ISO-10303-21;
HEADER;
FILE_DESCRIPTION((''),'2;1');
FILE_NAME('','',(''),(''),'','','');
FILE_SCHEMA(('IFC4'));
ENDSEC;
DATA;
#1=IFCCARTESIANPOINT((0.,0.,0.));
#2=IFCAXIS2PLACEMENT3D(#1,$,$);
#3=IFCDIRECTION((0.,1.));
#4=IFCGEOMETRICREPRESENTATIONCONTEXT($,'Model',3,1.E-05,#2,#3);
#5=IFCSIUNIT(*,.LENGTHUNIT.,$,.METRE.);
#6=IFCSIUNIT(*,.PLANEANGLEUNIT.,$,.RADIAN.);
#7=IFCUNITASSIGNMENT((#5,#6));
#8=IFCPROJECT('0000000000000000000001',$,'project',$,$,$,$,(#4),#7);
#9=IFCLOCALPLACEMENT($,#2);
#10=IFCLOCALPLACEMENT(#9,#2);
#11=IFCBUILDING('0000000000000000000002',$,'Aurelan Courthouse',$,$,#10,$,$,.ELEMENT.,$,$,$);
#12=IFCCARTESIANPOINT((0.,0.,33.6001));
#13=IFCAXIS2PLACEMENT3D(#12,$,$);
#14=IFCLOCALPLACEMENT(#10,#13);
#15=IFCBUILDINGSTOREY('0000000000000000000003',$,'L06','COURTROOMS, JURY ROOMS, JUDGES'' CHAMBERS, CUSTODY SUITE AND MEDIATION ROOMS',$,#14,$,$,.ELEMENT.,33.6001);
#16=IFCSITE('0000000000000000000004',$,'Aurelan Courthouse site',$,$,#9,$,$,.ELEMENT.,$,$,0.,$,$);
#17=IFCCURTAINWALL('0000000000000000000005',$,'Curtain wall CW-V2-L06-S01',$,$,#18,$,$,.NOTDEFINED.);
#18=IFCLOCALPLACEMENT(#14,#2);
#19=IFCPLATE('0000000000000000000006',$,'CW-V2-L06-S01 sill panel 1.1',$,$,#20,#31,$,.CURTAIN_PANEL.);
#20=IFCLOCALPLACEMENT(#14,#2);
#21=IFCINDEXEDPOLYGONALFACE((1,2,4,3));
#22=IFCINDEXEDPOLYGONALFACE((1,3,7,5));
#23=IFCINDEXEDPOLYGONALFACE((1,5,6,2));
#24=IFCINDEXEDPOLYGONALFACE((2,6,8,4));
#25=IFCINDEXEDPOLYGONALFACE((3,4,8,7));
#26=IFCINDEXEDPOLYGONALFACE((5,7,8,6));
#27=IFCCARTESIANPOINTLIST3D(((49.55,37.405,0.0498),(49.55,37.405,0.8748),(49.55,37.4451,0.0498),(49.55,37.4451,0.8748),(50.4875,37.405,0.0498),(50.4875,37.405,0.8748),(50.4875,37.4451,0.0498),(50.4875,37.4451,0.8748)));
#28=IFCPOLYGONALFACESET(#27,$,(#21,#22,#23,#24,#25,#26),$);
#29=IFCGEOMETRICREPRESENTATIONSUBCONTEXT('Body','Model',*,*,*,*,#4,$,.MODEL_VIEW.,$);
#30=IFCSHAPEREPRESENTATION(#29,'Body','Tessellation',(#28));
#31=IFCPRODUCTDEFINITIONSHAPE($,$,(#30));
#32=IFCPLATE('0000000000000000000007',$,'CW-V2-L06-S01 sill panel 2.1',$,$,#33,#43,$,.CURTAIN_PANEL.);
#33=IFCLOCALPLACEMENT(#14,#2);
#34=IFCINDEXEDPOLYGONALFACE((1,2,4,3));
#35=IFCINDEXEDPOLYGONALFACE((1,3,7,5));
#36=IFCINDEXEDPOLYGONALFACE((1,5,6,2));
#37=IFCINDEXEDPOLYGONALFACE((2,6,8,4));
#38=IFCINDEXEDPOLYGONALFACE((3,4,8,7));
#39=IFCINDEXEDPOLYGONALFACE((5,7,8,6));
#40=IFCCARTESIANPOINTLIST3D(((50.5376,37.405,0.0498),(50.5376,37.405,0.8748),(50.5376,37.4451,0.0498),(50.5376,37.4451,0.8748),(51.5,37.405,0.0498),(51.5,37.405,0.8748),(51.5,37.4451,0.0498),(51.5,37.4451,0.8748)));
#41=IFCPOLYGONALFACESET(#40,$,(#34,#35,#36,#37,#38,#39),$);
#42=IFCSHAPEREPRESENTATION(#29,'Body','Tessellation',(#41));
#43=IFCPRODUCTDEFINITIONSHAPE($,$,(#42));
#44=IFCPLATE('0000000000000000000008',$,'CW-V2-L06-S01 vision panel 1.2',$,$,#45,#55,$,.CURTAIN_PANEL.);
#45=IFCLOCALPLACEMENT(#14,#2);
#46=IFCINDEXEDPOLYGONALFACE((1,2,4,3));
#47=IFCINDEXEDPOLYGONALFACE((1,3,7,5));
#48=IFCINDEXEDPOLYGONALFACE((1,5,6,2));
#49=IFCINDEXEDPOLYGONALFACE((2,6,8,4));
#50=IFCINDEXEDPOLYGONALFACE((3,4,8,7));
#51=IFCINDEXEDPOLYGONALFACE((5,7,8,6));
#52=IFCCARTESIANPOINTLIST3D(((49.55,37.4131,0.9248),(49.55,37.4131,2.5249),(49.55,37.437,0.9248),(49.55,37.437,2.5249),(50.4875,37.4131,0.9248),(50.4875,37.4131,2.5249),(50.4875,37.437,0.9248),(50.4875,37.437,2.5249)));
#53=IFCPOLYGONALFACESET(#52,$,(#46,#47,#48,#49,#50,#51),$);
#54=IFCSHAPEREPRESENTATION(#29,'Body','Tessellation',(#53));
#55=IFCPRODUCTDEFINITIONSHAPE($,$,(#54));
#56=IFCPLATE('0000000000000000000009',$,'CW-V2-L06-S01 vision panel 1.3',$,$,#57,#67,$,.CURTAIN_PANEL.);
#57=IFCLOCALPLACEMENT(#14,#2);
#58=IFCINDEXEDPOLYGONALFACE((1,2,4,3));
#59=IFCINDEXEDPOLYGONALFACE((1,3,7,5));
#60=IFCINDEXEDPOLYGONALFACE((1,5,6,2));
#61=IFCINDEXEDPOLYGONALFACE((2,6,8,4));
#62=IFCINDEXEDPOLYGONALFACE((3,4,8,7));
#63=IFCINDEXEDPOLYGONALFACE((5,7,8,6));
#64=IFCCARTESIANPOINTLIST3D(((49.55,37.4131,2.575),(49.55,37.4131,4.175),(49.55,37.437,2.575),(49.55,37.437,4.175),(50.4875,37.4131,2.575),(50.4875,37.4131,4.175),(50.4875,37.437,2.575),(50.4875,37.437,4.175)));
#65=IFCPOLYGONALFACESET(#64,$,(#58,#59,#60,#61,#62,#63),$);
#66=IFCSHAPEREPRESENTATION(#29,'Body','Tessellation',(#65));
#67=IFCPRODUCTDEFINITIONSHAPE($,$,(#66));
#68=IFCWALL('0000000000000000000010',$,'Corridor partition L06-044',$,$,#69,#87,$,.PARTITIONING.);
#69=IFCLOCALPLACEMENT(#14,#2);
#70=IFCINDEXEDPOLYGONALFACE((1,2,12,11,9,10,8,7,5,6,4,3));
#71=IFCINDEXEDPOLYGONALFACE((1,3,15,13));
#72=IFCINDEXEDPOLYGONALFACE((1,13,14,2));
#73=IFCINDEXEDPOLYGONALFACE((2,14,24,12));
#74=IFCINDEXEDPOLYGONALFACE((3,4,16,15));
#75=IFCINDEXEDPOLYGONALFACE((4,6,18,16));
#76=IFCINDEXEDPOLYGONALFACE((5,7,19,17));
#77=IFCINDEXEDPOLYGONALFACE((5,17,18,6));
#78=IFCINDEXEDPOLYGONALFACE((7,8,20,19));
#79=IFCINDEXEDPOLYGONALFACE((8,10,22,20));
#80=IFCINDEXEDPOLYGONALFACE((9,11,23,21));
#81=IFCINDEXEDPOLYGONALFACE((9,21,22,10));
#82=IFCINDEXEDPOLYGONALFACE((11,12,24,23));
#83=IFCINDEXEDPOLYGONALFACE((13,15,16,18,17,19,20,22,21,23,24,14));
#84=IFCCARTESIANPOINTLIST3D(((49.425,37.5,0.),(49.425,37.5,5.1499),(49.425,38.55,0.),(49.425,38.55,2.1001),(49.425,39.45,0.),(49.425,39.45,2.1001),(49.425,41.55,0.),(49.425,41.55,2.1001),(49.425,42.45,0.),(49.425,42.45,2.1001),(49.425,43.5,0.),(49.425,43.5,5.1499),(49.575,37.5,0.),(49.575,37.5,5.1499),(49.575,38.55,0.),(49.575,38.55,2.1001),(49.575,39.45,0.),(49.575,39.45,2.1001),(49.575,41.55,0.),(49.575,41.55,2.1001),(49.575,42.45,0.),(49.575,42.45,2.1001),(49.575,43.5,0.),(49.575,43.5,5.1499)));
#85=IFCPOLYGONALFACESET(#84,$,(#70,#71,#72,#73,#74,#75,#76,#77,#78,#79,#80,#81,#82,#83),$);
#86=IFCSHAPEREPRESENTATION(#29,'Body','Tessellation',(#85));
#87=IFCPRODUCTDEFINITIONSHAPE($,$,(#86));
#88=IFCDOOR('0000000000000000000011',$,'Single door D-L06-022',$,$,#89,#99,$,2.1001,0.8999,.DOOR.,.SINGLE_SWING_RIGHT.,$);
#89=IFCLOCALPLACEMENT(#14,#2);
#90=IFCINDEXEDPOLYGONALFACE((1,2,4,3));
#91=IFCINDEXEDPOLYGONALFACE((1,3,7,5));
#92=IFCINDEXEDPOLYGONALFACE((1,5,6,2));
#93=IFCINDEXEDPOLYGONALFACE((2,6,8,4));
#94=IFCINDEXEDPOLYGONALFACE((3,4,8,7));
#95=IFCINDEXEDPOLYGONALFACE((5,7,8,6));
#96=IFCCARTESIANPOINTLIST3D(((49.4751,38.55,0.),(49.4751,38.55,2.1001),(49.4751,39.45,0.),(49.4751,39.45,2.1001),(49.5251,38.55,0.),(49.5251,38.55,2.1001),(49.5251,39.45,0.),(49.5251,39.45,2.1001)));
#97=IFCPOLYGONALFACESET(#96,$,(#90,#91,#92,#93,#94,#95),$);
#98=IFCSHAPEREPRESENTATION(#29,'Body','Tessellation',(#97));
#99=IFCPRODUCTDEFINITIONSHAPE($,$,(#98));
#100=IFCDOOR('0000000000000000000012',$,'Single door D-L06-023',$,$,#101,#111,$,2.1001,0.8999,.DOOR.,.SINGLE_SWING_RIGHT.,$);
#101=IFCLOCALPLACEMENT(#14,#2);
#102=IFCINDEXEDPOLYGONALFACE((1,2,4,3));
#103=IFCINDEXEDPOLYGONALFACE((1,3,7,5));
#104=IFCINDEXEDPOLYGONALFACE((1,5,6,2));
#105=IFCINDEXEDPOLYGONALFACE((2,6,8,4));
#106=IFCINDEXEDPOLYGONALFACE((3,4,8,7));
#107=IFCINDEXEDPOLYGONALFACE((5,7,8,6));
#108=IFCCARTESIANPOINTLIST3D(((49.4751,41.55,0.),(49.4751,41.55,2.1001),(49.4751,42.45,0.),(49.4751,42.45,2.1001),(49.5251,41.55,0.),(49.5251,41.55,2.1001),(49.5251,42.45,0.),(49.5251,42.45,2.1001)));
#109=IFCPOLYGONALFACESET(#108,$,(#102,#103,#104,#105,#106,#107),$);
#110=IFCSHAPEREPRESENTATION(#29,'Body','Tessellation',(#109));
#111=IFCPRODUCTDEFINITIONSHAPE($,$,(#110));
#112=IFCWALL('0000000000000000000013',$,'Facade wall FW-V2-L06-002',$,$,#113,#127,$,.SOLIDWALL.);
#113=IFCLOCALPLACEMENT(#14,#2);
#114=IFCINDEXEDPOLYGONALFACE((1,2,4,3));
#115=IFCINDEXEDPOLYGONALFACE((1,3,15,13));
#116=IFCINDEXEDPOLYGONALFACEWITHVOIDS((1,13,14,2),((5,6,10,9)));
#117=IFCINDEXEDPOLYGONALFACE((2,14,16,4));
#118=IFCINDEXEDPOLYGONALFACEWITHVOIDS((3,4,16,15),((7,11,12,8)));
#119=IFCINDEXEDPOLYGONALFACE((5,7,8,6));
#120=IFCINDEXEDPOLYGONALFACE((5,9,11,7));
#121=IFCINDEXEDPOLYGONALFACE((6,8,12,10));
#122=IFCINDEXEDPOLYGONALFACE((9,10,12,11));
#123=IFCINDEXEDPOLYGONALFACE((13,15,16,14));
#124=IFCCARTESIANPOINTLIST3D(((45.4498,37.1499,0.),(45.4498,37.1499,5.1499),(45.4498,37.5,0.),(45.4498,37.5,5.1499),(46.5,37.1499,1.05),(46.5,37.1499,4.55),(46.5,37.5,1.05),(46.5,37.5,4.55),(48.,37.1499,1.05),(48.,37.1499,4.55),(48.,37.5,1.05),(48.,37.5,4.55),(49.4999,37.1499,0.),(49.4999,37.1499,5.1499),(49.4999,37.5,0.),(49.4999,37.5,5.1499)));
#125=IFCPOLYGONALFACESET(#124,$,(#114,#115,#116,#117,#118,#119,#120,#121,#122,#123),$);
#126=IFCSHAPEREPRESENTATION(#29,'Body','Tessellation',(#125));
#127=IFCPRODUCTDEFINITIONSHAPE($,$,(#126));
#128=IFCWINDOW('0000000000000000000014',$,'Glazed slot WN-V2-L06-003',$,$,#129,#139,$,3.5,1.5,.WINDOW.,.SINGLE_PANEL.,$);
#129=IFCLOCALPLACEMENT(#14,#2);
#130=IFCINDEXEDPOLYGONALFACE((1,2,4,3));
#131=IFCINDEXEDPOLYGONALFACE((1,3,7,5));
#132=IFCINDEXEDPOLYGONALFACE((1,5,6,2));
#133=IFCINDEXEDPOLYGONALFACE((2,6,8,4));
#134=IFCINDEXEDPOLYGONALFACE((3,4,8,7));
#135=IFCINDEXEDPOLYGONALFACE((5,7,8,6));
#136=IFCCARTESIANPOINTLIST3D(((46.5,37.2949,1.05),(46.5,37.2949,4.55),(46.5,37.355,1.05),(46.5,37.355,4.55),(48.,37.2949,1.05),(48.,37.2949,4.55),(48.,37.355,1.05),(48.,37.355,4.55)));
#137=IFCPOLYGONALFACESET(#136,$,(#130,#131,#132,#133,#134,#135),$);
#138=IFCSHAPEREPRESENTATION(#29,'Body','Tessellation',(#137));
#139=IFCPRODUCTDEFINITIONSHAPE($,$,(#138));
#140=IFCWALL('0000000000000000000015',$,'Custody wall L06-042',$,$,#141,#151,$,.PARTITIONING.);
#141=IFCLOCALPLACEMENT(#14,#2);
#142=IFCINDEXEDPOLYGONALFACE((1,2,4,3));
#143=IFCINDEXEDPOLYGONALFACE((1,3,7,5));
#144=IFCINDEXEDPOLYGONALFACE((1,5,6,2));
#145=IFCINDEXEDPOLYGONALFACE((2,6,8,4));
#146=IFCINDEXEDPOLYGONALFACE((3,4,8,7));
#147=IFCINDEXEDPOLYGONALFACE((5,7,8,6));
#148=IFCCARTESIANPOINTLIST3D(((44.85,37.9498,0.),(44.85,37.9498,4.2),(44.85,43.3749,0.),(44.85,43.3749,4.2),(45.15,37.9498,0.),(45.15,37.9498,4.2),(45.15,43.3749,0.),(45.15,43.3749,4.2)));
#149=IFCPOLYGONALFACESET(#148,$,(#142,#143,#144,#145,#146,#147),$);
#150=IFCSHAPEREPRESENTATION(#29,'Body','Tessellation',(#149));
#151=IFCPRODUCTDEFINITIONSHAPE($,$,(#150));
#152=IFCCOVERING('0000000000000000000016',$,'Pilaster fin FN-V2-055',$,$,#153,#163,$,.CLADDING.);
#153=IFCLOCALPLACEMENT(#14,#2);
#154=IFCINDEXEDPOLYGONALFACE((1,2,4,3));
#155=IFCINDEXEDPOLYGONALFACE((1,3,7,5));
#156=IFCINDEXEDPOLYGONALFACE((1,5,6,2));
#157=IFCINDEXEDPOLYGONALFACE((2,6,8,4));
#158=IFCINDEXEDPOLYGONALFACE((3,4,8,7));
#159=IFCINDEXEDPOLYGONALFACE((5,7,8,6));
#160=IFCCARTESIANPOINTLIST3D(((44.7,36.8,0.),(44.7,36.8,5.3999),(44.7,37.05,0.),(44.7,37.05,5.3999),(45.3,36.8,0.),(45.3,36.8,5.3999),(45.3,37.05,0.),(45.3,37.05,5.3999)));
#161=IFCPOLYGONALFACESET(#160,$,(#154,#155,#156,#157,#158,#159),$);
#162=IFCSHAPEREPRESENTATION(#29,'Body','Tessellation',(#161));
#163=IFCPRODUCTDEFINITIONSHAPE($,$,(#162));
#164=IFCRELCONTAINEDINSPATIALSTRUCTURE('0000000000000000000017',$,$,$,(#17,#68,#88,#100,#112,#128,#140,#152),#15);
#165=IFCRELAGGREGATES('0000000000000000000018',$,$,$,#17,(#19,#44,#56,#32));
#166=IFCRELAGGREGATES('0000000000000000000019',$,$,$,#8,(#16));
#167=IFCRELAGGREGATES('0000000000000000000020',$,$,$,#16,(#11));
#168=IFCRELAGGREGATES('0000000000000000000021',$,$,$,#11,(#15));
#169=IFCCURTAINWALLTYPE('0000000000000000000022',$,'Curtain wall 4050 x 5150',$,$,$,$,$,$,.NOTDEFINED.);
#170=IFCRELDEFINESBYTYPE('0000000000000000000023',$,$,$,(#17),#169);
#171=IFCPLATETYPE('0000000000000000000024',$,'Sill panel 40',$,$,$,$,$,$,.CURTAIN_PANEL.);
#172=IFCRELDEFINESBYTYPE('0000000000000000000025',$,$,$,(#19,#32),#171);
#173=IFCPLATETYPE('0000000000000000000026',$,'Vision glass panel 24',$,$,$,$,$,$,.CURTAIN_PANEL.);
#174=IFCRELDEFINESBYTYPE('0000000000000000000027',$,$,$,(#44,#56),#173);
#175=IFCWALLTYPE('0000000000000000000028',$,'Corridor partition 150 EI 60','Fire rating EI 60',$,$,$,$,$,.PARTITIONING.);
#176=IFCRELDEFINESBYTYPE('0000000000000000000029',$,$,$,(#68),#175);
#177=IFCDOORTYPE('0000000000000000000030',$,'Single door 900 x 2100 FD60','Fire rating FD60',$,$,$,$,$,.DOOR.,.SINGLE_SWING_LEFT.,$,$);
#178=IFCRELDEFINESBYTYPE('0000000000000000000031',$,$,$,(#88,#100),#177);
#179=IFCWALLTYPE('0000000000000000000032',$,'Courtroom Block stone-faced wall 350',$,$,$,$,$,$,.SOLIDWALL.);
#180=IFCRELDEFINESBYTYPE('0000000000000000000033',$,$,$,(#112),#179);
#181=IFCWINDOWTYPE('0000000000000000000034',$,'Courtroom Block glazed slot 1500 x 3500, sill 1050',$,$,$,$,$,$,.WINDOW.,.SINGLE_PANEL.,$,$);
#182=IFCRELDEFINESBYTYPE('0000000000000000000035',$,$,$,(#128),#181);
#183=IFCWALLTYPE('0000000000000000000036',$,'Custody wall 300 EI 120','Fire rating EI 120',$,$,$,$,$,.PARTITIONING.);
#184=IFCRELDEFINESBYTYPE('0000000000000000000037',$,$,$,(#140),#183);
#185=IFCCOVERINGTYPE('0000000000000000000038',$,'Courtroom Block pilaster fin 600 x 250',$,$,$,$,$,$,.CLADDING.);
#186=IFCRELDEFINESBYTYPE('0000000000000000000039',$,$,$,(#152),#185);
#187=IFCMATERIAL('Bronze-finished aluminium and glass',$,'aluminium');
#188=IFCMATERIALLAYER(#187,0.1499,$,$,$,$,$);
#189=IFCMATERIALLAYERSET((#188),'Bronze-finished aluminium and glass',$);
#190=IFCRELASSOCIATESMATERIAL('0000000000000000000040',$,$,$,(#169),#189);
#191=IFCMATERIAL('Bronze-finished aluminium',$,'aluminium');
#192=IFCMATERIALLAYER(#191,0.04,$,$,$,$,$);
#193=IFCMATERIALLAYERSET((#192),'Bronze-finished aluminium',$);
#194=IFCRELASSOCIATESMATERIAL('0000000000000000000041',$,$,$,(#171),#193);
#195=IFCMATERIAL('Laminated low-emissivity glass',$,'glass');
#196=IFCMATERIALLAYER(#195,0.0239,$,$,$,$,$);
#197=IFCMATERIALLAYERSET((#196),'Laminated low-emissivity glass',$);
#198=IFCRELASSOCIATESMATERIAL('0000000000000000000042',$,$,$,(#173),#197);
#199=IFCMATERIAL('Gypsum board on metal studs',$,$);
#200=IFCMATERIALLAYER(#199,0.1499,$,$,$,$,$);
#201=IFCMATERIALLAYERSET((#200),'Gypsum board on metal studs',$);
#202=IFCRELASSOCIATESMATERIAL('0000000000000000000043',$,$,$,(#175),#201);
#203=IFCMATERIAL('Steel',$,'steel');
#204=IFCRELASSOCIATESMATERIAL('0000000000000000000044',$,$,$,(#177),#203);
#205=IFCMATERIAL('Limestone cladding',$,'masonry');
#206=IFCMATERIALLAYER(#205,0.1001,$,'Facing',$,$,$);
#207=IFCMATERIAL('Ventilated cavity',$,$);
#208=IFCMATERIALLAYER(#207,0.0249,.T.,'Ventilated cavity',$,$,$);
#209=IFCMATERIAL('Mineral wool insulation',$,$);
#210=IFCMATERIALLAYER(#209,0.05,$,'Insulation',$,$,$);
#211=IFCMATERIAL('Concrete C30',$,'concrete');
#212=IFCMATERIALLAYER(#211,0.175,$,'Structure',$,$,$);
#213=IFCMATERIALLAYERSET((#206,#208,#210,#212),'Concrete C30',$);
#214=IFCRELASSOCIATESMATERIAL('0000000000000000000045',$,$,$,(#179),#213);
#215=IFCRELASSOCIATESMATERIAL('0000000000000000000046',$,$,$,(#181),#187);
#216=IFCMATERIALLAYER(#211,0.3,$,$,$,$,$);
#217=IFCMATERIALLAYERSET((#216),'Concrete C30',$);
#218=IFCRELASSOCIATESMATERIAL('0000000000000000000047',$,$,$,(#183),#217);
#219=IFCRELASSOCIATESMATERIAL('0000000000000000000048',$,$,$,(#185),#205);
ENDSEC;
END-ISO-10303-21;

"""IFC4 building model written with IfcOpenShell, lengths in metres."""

from ifc_helpers import new_model, si_unit, direction, frame, frame_2d, origin, origin_2d, place, context, subcontext, project, spatial, rectangle, extrude, material, layer, layer_set, type_object, element, fill, aggregate, save


model = new_model("IFC4")

# Units and contexts
model_context = context("Model", 3, precision=1e-05, world=origin(), true_north=direction((0.0, 1.0)))
body_context = subcontext(model_context, "Body", "Model", "MODEL_VIEW")
ifc_project = project(units=[si_unit("LENGTHUNIT", "METRE"), si_unit("PLANEANGLEUNIT", "RADIAN")], contexts=[model_context])

# Site, building, storey
site_placement = place(None, origin())
site = spatial("IfcSite", under=ifc_project, at=site_placement, Name="Aurelan Courthouse site", CompositionType="ELEMENT", RefElevation=0.0)
building_placement = place(site_placement, origin())
building = spatial("IfcBuilding", under=site, at=building_placement, Name="Aurelan Courthouse", CompositionType="ELEMENT")
storey_placement = place(building_placement, frame((0.0, 0.0, 33.6001)))
storey = spatial("IfcBuildingStorey", under=building, at=storey_placement, Name="L06", Description="COURTROOMS, JURY ROOMS, JUDGES' CHAMBERS, CUSTODY SUITE AND MEDIATION ROOMS", CompositionType="ELEMENT", Elevation=33.6001)

# Curtain wall, plates
ifc_material_1 = material(Name="Bronze-finished aluminium and glass", Category="aluminium")
ifc_layer_1 = layer(ifc_material_1, 0.1499)
ifc_layer_set_1 = layer_set([ifc_layer_1], Name="Bronze-finished aluminium and glass")
curtain_wall_type = type_object("IfcCurtainWallType", Name="Curtain wall 4050 x 5150", PredefinedType="NOTDEFINED", material=ifc_layer_set_1)
curtain_wall_placement = place(storey_placement, origin())
curtain_wall = element("IfcCurtainWall", 1, at=curtain_wall_placement, inside=storey, type_object=curtain_wall_type, Name="Curtain wall CW-V2-L06-S01", PredefinedType="NOTDEFINED")
ifc_material_2 = material(Name="Bronze-finished aluminium", Category="aluminium")
ifc_layer_2 = layer(ifc_material_2, 0.04)
ifc_layer_set_2 = layer_set([ifc_layer_2], Name="Bronze-finished aluminium")
plate_type_1 = type_object("IfcPlateType", Name="Sill panel 40", PredefinedType="CURTAIN_PANEL", material=ifc_layer_set_2)
plate_1_placement = place(storey_placement, frame((50.0188, 37.425, 0.0498), z_axis=(0.0, 0.0, 1.0), x_axis=(1.0, 0.0, 0.0)))
plate_1 = element("IfcPlate", 2, at=plate_1_placement, type_object=plate_type_1, Name="CW-V2-L06-S01 sill panel 1.1", PredefinedType="CURTAIN_PANEL", context=body_context, shape_type="SweptSolid", body=[
    extrude(rectangle(XDim=0.9375, YDim=0.04, at=origin_2d()), origin(), (0.0, 0.0, 1.0), 0.825),
])
plate_2_placement = place(storey_placement, frame((51.0188, 37.425, 0.0498), z_axis=(0.0, 0.0, 1.0), x_axis=(1.0, 0.0, 0.0)))
plate_2 = element("IfcPlate", 3, at=plate_2_placement, type_object=plate_type_1, Name="CW-V2-L06-S01 sill panel 2.1", PredefinedType="CURTAIN_PANEL", context=body_context, shape_type="SweptSolid", body=[
    extrude(rectangle(XDim=0.9624, YDim=0.04, at=origin_2d()), origin(), (0.0, 0.0, 1.0), 0.825),
])
ifc_material_3 = material(Name="Laminated low-emissivity glass", Category="glass")
ifc_layer_3 = layer(ifc_material_3, 0.0239)
ifc_layer_set_3 = layer_set([ifc_layer_3], Name="Laminated low-emissivity glass")
plate_type_2 = type_object("IfcPlateType", Name="Vision glass panel 24", PredefinedType="CURTAIN_PANEL", material=ifc_layer_set_3)
plate_3_placement = place(storey_placement, frame((50.0188, 37.425, 0.9248), z_axis=(0.0, 0.0, 1.0), x_axis=(1.0, 0.0, 0.0)))
plate_3 = element("IfcPlate", 4, at=plate_3_placement, type_object=plate_type_2, Name="CW-V2-L06-S01 vision panel 1.2", PredefinedType="CURTAIN_PANEL", context=body_context, shape_type="SweptSolid", body=[
    extrude(rectangle(XDim=0.9375, YDim=0.0239, at=origin_2d()), origin(), (0.0, 0.0, 1.0), 1.6001),
])
plate_4_placement = place(storey_placement, frame((50.0188, 37.425, 2.575), z_axis=(0.0, 0.0, 1.0), x_axis=(1.0, 0.0, 0.0)))
plate_4 = element("IfcPlate", 5, at=plate_4_placement, type_object=plate_type_2, Name="CW-V2-L06-S01 vision panel 1.3", PredefinedType="CURTAIN_PANEL", context=body_context, shape_type="SweptSolid", body=[
    extrude(rectangle(XDim=0.9375, YDim=0.0239, at=origin_2d()), origin(), (0.0, 0.0, 1.0), 1.6001),
])
aggregate(curtain_wall, [plate_1, plate_3, plate_4, plate_2])

# Wall, openings, doors
ifc_material_4 = material(Name="Gypsum board on metal studs")
ifc_layer_4 = layer(ifc_material_4, 0.1499)
ifc_layer_set_4 = layer_set([ifc_layer_4], Name="Gypsum board on metal studs")
wall_type_1 = type_object("IfcWallType", Name="Corridor partition 150 EI 60", Description="Fire rating EI 60", PredefinedType="PARTITIONING", material=ifc_layer_set_4)
wall_1_placement = place(storey_placement, frame((49.5, 37.5, 0.0), z_axis=(0.0, 0.0, 1.0), x_axis=(0.0, 1.0, 0.0)))
wall_1 = element("IfcWall", 6, at=wall_1_placement, inside=storey, type_object=wall_type_1, Name="Corridor partition L06-044", PredefinedType="PARTITIONING", context=body_context, shape_type="SweptSolid", body=[
    extrude(rectangle(XDim=6.0, YDim=0.1499, at=frame_2d((3.0, 0.0))), origin(), (0.0, 0.0, 1.0), 5.1499),
])
opening_1_placement = place(wall_1_placement, frame((1.05, 0.0, 0.0)))
opening_1 = element("IfcOpeningElement", 7, at=opening_1_placement, cuts=wall_1, PredefinedType="OPENING", context=body_context, shape_type="SweptSolid", body=[
    extrude(rectangle(XDim=0.8999, YDim=2.1001, at=frame_2d((0.45, 1.05))), frame((0.0, 0.085, 0.0), z_axis=(0.0, -1.0, 0.0), x_axis=(1.0, 0.0, 0.0)), (0.0, 0.0, 1.0), 0.1699),
])
opening_2_placement = place(wall_1_placement, frame((4.05, 0.0, 0.0)))
opening_2 = element("IfcOpeningElement", 8, at=opening_2_placement, cuts=wall_1, PredefinedType="OPENING", context=body_context, shape_type="SweptSolid", body=[
    extrude(rectangle(XDim=0.8999, YDim=2.1001, at=frame_2d((0.45, 1.05))), frame((0.0, 0.085, 0.0), z_axis=(0.0, -1.0, 0.0), x_axis=(1.0, 0.0, 0.0)), (0.0, 0.0, 1.0), 0.1699),
])
ifc_material_5 = material(Name="Steel", Category="steel")
door_type = type_object("IfcDoorType", Name="Single door 900 x 2100 FD60", Description="Fire rating FD60", OperationType="SINGLE_SWING_LEFT", PredefinedType="DOOR", material=ifc_material_5)
door_1_placement = place(opening_1_placement, origin())
door_1 = element("IfcDoor", 9, at=door_1_placement, inside=storey, type_object=door_type, Name="Single door D-L06-022", OperationType="SINGLE_SWING_RIGHT", OverallHeight=2.1001, OverallWidth=0.8999, PredefinedType="DOOR", context=body_context, shape_type="SweptSolid", body=[
    extrude(rectangle(XDim=0.8999, YDim=2.1001, at=frame_2d((0.45, 1.05))), frame((0.0, 0.0249, 0.0), z_axis=(0.0, -1.0, 0.0), x_axis=(1.0, 0.0, 0.0)), (0.0, 0.0, 1.0), 0.05),
])
fill(opening_1, door_1)
door_2_placement = place(opening_2_placement, origin())
door_2 = element("IfcDoor", 10, at=door_2_placement, inside=storey, type_object=door_type, Name="Single door D-L06-023", OperationType="SINGLE_SWING_RIGHT", OverallHeight=2.1001, OverallWidth=0.8999, PredefinedType="DOOR", context=body_context, shape_type="SweptSolid", body=[
    extrude(rectangle(XDim=0.8999, YDim=2.1001, at=frame_2d((0.45, 1.05))), frame((0.0, 0.0249, 0.0), z_axis=(0.0, -1.0, 0.0), x_axis=(1.0, 0.0, 0.0)), (0.0, 0.0, 1.0), 0.05),
])
fill(opening_2, door_2)

# Wall, opening, window
ifc_material_6 = material(Name="Limestone cladding", Category="masonry")
ifc_layer_5 = layer(ifc_material_6, 0.1001, Name="Facing")
ifc_material_7 = material(Name="Ventilated cavity")
ifc_layer_6 = layer(ifc_material_7, 0.0249, ventilated=True, Name="Ventilated cavity")
ifc_material_8 = material(Name="Mineral wool insulation")
ifc_layer_7 = layer(ifc_material_8, 0.05, Name="Insulation")
ifc_material_9 = material(Name="Concrete C30", Category="concrete")
ifc_layer_8 = layer(ifc_material_9, 0.175, Name="Structure")
ifc_layer_set_5 = layer_set([ifc_layer_5, ifc_layer_6, ifc_layer_7, ifc_layer_8], Name="Concrete C30")
wall_type_2 = type_object("IfcWallType", Name="Courtroom Block stone-faced wall 350", PredefinedType="SOLIDWALL", material=ifc_layer_set_5)
wall_2_placement = place(storey_placement, frame((45.45, 37.325, 0.0), z_axis=(0.0, 0.0, 1.0), x_axis=(1.0, 0.0, 0.0)))
wall_2 = element("IfcWall", 11, at=wall_2_placement, inside=storey, type_object=wall_type_2, Name="Facade wall FW-V2-L06-002", PredefinedType="SOLIDWALL", context=body_context, shape_type="SweptSolid", body=[
    extrude(rectangle(XDim=4.05, YDim=0.3501, at=frame_2d((2.0249, 0.0))), origin(), (0.0, 0.0, 1.0), 5.1499),
])
opening_3_placement = place(wall_2_placement, frame((1.05, 0.0, 1.05)))
opening_3 = element("IfcOpeningElement", 12, at=opening_3_placement, cuts=wall_2, PredefinedType="OPENING", context=body_context, shape_type="SweptSolid", body=[
    extrude(rectangle(XDim=1.5, YDim=3.5, at=frame_2d((0.75, 1.75))), frame((0.0, 0.1851, 0.0), z_axis=(0.0, -1.0, 0.0), x_axis=(1.0, 0.0, 0.0)), (0.0, 0.0, 1.0), 0.3701),
])
window_type = type_object("IfcWindowType", Name="Courtroom Block glazed slot 1500 x 3500, sill 1050", PartitioningType="SINGLE_PANEL", PredefinedType="WINDOW", material=ifc_material_1)
window_placement = place(opening_3_placement, origin())
window = element("IfcWindow", 13, at=window_placement, inside=storey, type_object=window_type, Name="Glazed slot WN-V2-L06-003", OverallHeight=3.5, OverallWidth=1.5, PartitioningType="SINGLE_PANEL", PredefinedType="WINDOW", context=body_context, shape_type="SweptSolid", body=[
    extrude(rectangle(XDim=1.5, YDim=3.5, at=frame_2d((0.75, 1.75))), frame((0.0, 0.03, 0.0), z_axis=(0.0, -1.0, 0.0), x_axis=(1.0, 0.0, 0.0)), (0.0, 0.0, 1.0), 0.0601),
])
fill(opening_3, window)

# Wall
ifc_layer_9 = layer(ifc_material_9, 0.3)
ifc_layer_set_6 = layer_set([ifc_layer_9], Name="Concrete C30")
wall_type_3 = type_object("IfcWallType", Name="Custody wall 300 EI 120", Description="Fire rating EI 120", PredefinedType="PARTITIONING", material=ifc_layer_set_6)
wall_3_placement = place(storey_placement, frame((45.0, 37.95, 0.0), z_axis=(0.0, 0.0, 1.0), x_axis=(0.0, 1.0, 0.0)))
element("IfcWall", 14, at=wall_3_placement, inside=storey, type_object=wall_type_3, Name="Custody wall L06-042", PredefinedType="PARTITIONING", context=body_context, shape_type="SweptSolid", body=[
    extrude(rectangle(XDim=5.425, YDim=0.3, at=frame_2d((2.7124, 0.0))), origin(), (0.0, 0.0, 1.0), 4.2),
])

# Covering
covering_type_1 = type_object("IfcCoveringType", Name="Courtroom Block pilaster fin 600 x 250", PredefinedType="CLADDING", material=ifc_material_6)
covering_placement = place(storey_placement, frame((45.0, 36.925, 0.0), z_axis=(0.0, 0.0, 1.0), x_axis=(1.0, 0.0, 0.0)))
element("IfcCovering", 15, at=covering_placement, inside=storey, type_object=covering_type_1, Name="Pilaster fin FN-V2-055", PredefinedType="CLADDING", context=body_context, shape_type="SweptSolid", body=[
    extrude(rectangle(XDim=0.6001, YDim=0.25, at=origin_2d()), origin(), (0.0, 0.0, 1.0), 5.3999),
])

save(model, "model.ifc")
